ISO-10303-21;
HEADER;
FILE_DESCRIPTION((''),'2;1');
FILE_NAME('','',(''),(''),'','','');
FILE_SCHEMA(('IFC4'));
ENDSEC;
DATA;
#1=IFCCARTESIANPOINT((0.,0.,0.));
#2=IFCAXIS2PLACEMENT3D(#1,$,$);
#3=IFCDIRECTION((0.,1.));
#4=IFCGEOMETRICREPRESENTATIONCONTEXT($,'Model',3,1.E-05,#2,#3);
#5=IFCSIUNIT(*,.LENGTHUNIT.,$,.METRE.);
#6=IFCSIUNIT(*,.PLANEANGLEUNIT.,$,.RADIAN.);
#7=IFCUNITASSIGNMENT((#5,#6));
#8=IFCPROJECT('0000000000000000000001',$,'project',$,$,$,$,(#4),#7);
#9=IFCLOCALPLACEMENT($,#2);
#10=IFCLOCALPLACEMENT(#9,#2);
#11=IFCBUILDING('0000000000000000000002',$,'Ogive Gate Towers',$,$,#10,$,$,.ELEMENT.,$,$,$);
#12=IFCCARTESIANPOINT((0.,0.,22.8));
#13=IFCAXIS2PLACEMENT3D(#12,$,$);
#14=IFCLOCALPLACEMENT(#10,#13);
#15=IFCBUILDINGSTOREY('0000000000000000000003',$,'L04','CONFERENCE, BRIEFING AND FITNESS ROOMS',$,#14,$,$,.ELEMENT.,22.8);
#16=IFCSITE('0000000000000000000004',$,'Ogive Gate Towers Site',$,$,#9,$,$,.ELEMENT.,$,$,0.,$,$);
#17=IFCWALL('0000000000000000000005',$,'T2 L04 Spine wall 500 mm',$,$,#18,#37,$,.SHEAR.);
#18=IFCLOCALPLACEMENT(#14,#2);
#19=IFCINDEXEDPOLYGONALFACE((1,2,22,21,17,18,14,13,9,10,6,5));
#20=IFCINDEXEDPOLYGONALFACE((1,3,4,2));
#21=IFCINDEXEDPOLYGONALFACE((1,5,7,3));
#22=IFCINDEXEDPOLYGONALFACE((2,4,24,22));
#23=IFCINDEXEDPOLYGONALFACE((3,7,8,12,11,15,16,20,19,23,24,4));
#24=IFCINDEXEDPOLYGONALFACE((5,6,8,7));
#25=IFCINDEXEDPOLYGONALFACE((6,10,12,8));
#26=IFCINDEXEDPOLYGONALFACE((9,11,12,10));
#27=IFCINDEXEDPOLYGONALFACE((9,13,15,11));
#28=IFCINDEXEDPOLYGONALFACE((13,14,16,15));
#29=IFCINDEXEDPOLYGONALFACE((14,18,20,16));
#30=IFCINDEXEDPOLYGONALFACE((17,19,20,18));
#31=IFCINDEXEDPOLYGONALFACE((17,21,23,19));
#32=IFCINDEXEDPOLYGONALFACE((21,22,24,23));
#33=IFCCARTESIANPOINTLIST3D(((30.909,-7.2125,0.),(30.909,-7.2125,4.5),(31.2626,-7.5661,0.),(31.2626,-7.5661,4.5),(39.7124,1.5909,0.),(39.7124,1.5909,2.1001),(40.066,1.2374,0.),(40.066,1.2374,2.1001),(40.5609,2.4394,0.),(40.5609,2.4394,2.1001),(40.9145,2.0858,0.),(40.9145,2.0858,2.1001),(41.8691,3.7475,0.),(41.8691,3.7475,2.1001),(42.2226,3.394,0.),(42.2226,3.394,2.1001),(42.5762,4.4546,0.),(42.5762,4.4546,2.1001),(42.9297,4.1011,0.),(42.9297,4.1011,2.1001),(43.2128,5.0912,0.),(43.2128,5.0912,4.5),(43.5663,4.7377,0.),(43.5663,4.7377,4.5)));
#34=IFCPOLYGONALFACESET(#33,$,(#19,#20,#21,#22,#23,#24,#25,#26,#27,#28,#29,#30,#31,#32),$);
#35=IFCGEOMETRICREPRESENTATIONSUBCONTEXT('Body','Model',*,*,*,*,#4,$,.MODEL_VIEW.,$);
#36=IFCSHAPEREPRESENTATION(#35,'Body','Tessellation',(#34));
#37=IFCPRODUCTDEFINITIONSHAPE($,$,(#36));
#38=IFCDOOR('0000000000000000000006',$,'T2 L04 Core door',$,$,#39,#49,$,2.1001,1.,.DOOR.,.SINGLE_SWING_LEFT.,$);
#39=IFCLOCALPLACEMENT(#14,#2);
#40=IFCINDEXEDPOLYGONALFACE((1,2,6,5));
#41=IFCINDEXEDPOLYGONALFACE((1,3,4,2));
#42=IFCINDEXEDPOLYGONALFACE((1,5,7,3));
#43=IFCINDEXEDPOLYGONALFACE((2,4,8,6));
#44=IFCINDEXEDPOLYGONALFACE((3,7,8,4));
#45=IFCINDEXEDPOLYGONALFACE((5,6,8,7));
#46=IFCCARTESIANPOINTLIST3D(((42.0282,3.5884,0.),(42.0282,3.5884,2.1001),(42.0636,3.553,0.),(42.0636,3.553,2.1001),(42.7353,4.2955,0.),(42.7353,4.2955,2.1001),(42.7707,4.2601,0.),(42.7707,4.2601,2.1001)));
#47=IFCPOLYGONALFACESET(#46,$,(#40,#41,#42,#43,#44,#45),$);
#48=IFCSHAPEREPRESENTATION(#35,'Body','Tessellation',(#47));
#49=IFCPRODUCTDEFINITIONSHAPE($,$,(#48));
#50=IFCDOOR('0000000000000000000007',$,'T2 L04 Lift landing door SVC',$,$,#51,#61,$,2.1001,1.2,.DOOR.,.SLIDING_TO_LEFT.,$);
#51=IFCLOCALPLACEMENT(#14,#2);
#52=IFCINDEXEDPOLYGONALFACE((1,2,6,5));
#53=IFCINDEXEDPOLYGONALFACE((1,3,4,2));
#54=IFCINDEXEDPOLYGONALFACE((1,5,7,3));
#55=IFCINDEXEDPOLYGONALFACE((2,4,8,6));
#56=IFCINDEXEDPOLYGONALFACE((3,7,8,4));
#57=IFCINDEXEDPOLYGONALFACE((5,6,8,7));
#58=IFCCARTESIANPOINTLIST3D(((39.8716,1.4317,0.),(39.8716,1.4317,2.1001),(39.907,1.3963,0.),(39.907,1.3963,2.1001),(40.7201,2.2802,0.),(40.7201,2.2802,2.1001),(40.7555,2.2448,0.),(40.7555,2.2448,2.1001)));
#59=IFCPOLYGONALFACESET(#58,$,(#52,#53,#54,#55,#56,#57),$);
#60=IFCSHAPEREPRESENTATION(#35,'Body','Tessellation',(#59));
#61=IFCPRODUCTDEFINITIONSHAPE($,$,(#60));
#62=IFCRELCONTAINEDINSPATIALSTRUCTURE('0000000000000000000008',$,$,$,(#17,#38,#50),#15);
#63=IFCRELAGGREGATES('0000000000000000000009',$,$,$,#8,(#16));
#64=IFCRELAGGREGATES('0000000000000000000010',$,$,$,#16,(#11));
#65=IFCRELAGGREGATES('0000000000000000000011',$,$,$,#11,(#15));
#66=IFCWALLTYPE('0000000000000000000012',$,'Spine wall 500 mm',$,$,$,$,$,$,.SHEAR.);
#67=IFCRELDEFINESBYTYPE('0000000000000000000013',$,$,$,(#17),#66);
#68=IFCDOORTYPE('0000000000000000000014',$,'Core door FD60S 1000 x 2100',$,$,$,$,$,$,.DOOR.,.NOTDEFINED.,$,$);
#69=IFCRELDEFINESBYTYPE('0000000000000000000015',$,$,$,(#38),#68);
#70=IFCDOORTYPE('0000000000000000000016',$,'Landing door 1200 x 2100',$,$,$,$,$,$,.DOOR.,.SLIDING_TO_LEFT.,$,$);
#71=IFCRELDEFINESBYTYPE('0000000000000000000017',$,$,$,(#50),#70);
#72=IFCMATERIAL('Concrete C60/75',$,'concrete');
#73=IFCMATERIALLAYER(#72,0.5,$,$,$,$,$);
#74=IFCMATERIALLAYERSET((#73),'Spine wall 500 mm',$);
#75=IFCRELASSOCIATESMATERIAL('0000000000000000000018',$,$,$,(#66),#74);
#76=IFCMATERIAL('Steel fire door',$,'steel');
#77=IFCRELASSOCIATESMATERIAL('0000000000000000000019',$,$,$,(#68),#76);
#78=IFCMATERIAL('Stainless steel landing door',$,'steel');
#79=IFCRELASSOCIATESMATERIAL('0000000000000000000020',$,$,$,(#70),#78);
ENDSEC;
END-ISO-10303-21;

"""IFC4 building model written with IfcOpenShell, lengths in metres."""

from ifc_helpers import new_model, si_unit, direction, frame, frame_2d, origin, place, context, subcontext, project, spatial, rectangle, extrude, material, layer, layer_set, type_object, element, fill, save


model = new_model("IFC4")

# Units and contexts
model_context = context("Model", 3, precision=1e-05, world=origin(), true_north=direction((0.0, 1.0)))
body_context = subcontext(model_context, "Body", "Model", "MODEL_VIEW")
ifc_project = project(units=[si_unit("LENGTHUNIT", "METRE"), si_unit("PLANEANGLEUNIT", "RADIAN")], contexts=[model_context])

# Site, building, storey
site_placement = place(None, origin())
site = spatial("IfcSite", under=ifc_project, at=site_placement, Name="Ogive Gate Towers Site", CompositionType="ELEMENT", RefElevation=0.0)
building_placement = place(site_placement, origin())
building = spatial("IfcBuilding", under=site, at=building_placement, Name="Ogive Gate Towers", CompositionType="ELEMENT")
storey_placement = place(building_placement, frame((0.0, 0.0, 22.8)))
storey = spatial("IfcBuildingStorey", under=building, at=storey_placement, Name="L04", Description="CONFERENCE, BRIEFING AND FITNESS ROOMS", CompositionType="ELEMENT", Elevation=22.8)

# Shared definitions
ifc_material_1 = material(Name="Concrete C60/75", Category="concrete")
ifc_material_2 = material(Name="Steel fire door", Category="steel")

# Wall, openings, doors
ifc_layer_1 = layer(ifc_material_1, 0.5)
ifc_layer_set_1 = layer_set([ifc_layer_1], Name="Spine wall 500 mm")
wall_type_1 = type_object("IfcWallType", Name="Spine wall 500 mm", PredefinedType="SHEAR", material=ifc_layer_set_1)
wall_1_placement = place(storey_placement, frame((31.0857, -7.3894, 0.0), z_axis=(0.0, 0.0, 1.0), x_axis=(0.707107, 0.707107, 0.0)))
wall_1 = element("IfcWall", 1, at=wall_1_placement, inside=storey, type_object=wall_type_1, Name="T2 L04 Spine wall 500 mm", PredefinedType="SHEAR", context=body_context, shape_type="SweptSolid", body=[
    extrude(rectangle(XDim=17.4001, YDim=0.5, at=frame_2d((8.7002, 0.0))), origin(), (0.0, 0.0, 1.0), 4.5),
])
opening_1_placement = place(wall_1_placement, frame((12.45, 0.0, 0.0)))
opening_1 = element("IfcOpeningElement", 2, at=opening_1_placement, cuts=wall_1, PredefinedType="OPENING", context=body_context, shape_type="SweptSolid", body=[
    extrude(rectangle(XDim=1.2, YDim=2.1001, at=frame_2d((0.6001, 1.05))), frame((0.0, 0.26, 0.0), z_axis=(0.0, -1.0, 0.0), x_axis=(1.0, 0.0, 0.0)), (0.0, 0.0, 1.0), 0.52),
])
opening_2_placement = place(wall_1_placement, frame((15.5, 0.0, 0.0)))
opening_2 = element("IfcOpeningElement", 3, at=opening_2_placement, cuts=wall_1, PredefinedType="OPENING", context=body_context, shape_type="SweptSolid", body=[
    extrude(rectangle(XDim=1.0, YDim=2.1001, at=frame_2d((0.5, 1.05))), frame((0.0, 0.26, 0.0), z_axis=(0.0, -1.0, 0.0), x_axis=(1.0, 0.0, 0.0)), (0.0, 0.0, 1.0), 0.52),
])
door_type_1 = type_object("IfcDoorType", Name="Core door FD60S 1000 x 2100", OperationType="NOTDEFINED", PredefinedType="DOOR", material=ifc_material_2)
door_1_placement = place(opening_2_placement, origin())
door_1 = element("IfcDoor", 4, at=door_1_placement, inside=storey, type_object=door_type_1, Name="T2 L04 Core door", OperationType="SINGLE_SWING_LEFT", OverallHeight=2.1001, OverallWidth=1.0, PredefinedType="DOOR", context=body_context, shape_type="SweptSolid", body=[
    extrude(rectangle(XDim=1.0, YDim=2.1001, at=frame_2d((0.5, 1.05))), frame((0.0, 0.0249, 0.0), z_axis=(0.0, -1.0, 0.0), x_axis=(1.0, 0.0, 0.0)), (0.0, 0.0, 1.0), 0.05),
])
fill(opening_2, door_1)
ifc_material_3 = material(Name="Stainless steel landing door", Category="steel")
door_type_2 = type_object("IfcDoorType", Name="Landing door 1200 x 2100", OperationType="SLIDING_TO_LEFT", PredefinedType="DOOR", material=ifc_material_3)
door_2_placement = place(opening_1_placement, origin())
door_2 = element("IfcDoor", 5, at=door_2_placement, inside=storey, type_object=door_type_2, Name="T2 L04 Lift landing door SVC", OperationType="SLIDING_TO_LEFT", OverallHeight=2.1001, OverallWidth=1.2, PredefinedType="DOOR", context=body_context, shape_type="SweptSolid", body=[
    extrude(rectangle(XDim=1.2, YDim=2.1001, at=frame_2d((0.6001, 1.05))), frame((0.0, 0.0249, 0.0), z_axis=(0.0, -1.0, 0.0), x_axis=(1.0, 0.0, 0.0)), (0.0, 0.0, 1.0), 0.05),
])
fill(opening_1, door_2)

save(model, "model.ifc")
